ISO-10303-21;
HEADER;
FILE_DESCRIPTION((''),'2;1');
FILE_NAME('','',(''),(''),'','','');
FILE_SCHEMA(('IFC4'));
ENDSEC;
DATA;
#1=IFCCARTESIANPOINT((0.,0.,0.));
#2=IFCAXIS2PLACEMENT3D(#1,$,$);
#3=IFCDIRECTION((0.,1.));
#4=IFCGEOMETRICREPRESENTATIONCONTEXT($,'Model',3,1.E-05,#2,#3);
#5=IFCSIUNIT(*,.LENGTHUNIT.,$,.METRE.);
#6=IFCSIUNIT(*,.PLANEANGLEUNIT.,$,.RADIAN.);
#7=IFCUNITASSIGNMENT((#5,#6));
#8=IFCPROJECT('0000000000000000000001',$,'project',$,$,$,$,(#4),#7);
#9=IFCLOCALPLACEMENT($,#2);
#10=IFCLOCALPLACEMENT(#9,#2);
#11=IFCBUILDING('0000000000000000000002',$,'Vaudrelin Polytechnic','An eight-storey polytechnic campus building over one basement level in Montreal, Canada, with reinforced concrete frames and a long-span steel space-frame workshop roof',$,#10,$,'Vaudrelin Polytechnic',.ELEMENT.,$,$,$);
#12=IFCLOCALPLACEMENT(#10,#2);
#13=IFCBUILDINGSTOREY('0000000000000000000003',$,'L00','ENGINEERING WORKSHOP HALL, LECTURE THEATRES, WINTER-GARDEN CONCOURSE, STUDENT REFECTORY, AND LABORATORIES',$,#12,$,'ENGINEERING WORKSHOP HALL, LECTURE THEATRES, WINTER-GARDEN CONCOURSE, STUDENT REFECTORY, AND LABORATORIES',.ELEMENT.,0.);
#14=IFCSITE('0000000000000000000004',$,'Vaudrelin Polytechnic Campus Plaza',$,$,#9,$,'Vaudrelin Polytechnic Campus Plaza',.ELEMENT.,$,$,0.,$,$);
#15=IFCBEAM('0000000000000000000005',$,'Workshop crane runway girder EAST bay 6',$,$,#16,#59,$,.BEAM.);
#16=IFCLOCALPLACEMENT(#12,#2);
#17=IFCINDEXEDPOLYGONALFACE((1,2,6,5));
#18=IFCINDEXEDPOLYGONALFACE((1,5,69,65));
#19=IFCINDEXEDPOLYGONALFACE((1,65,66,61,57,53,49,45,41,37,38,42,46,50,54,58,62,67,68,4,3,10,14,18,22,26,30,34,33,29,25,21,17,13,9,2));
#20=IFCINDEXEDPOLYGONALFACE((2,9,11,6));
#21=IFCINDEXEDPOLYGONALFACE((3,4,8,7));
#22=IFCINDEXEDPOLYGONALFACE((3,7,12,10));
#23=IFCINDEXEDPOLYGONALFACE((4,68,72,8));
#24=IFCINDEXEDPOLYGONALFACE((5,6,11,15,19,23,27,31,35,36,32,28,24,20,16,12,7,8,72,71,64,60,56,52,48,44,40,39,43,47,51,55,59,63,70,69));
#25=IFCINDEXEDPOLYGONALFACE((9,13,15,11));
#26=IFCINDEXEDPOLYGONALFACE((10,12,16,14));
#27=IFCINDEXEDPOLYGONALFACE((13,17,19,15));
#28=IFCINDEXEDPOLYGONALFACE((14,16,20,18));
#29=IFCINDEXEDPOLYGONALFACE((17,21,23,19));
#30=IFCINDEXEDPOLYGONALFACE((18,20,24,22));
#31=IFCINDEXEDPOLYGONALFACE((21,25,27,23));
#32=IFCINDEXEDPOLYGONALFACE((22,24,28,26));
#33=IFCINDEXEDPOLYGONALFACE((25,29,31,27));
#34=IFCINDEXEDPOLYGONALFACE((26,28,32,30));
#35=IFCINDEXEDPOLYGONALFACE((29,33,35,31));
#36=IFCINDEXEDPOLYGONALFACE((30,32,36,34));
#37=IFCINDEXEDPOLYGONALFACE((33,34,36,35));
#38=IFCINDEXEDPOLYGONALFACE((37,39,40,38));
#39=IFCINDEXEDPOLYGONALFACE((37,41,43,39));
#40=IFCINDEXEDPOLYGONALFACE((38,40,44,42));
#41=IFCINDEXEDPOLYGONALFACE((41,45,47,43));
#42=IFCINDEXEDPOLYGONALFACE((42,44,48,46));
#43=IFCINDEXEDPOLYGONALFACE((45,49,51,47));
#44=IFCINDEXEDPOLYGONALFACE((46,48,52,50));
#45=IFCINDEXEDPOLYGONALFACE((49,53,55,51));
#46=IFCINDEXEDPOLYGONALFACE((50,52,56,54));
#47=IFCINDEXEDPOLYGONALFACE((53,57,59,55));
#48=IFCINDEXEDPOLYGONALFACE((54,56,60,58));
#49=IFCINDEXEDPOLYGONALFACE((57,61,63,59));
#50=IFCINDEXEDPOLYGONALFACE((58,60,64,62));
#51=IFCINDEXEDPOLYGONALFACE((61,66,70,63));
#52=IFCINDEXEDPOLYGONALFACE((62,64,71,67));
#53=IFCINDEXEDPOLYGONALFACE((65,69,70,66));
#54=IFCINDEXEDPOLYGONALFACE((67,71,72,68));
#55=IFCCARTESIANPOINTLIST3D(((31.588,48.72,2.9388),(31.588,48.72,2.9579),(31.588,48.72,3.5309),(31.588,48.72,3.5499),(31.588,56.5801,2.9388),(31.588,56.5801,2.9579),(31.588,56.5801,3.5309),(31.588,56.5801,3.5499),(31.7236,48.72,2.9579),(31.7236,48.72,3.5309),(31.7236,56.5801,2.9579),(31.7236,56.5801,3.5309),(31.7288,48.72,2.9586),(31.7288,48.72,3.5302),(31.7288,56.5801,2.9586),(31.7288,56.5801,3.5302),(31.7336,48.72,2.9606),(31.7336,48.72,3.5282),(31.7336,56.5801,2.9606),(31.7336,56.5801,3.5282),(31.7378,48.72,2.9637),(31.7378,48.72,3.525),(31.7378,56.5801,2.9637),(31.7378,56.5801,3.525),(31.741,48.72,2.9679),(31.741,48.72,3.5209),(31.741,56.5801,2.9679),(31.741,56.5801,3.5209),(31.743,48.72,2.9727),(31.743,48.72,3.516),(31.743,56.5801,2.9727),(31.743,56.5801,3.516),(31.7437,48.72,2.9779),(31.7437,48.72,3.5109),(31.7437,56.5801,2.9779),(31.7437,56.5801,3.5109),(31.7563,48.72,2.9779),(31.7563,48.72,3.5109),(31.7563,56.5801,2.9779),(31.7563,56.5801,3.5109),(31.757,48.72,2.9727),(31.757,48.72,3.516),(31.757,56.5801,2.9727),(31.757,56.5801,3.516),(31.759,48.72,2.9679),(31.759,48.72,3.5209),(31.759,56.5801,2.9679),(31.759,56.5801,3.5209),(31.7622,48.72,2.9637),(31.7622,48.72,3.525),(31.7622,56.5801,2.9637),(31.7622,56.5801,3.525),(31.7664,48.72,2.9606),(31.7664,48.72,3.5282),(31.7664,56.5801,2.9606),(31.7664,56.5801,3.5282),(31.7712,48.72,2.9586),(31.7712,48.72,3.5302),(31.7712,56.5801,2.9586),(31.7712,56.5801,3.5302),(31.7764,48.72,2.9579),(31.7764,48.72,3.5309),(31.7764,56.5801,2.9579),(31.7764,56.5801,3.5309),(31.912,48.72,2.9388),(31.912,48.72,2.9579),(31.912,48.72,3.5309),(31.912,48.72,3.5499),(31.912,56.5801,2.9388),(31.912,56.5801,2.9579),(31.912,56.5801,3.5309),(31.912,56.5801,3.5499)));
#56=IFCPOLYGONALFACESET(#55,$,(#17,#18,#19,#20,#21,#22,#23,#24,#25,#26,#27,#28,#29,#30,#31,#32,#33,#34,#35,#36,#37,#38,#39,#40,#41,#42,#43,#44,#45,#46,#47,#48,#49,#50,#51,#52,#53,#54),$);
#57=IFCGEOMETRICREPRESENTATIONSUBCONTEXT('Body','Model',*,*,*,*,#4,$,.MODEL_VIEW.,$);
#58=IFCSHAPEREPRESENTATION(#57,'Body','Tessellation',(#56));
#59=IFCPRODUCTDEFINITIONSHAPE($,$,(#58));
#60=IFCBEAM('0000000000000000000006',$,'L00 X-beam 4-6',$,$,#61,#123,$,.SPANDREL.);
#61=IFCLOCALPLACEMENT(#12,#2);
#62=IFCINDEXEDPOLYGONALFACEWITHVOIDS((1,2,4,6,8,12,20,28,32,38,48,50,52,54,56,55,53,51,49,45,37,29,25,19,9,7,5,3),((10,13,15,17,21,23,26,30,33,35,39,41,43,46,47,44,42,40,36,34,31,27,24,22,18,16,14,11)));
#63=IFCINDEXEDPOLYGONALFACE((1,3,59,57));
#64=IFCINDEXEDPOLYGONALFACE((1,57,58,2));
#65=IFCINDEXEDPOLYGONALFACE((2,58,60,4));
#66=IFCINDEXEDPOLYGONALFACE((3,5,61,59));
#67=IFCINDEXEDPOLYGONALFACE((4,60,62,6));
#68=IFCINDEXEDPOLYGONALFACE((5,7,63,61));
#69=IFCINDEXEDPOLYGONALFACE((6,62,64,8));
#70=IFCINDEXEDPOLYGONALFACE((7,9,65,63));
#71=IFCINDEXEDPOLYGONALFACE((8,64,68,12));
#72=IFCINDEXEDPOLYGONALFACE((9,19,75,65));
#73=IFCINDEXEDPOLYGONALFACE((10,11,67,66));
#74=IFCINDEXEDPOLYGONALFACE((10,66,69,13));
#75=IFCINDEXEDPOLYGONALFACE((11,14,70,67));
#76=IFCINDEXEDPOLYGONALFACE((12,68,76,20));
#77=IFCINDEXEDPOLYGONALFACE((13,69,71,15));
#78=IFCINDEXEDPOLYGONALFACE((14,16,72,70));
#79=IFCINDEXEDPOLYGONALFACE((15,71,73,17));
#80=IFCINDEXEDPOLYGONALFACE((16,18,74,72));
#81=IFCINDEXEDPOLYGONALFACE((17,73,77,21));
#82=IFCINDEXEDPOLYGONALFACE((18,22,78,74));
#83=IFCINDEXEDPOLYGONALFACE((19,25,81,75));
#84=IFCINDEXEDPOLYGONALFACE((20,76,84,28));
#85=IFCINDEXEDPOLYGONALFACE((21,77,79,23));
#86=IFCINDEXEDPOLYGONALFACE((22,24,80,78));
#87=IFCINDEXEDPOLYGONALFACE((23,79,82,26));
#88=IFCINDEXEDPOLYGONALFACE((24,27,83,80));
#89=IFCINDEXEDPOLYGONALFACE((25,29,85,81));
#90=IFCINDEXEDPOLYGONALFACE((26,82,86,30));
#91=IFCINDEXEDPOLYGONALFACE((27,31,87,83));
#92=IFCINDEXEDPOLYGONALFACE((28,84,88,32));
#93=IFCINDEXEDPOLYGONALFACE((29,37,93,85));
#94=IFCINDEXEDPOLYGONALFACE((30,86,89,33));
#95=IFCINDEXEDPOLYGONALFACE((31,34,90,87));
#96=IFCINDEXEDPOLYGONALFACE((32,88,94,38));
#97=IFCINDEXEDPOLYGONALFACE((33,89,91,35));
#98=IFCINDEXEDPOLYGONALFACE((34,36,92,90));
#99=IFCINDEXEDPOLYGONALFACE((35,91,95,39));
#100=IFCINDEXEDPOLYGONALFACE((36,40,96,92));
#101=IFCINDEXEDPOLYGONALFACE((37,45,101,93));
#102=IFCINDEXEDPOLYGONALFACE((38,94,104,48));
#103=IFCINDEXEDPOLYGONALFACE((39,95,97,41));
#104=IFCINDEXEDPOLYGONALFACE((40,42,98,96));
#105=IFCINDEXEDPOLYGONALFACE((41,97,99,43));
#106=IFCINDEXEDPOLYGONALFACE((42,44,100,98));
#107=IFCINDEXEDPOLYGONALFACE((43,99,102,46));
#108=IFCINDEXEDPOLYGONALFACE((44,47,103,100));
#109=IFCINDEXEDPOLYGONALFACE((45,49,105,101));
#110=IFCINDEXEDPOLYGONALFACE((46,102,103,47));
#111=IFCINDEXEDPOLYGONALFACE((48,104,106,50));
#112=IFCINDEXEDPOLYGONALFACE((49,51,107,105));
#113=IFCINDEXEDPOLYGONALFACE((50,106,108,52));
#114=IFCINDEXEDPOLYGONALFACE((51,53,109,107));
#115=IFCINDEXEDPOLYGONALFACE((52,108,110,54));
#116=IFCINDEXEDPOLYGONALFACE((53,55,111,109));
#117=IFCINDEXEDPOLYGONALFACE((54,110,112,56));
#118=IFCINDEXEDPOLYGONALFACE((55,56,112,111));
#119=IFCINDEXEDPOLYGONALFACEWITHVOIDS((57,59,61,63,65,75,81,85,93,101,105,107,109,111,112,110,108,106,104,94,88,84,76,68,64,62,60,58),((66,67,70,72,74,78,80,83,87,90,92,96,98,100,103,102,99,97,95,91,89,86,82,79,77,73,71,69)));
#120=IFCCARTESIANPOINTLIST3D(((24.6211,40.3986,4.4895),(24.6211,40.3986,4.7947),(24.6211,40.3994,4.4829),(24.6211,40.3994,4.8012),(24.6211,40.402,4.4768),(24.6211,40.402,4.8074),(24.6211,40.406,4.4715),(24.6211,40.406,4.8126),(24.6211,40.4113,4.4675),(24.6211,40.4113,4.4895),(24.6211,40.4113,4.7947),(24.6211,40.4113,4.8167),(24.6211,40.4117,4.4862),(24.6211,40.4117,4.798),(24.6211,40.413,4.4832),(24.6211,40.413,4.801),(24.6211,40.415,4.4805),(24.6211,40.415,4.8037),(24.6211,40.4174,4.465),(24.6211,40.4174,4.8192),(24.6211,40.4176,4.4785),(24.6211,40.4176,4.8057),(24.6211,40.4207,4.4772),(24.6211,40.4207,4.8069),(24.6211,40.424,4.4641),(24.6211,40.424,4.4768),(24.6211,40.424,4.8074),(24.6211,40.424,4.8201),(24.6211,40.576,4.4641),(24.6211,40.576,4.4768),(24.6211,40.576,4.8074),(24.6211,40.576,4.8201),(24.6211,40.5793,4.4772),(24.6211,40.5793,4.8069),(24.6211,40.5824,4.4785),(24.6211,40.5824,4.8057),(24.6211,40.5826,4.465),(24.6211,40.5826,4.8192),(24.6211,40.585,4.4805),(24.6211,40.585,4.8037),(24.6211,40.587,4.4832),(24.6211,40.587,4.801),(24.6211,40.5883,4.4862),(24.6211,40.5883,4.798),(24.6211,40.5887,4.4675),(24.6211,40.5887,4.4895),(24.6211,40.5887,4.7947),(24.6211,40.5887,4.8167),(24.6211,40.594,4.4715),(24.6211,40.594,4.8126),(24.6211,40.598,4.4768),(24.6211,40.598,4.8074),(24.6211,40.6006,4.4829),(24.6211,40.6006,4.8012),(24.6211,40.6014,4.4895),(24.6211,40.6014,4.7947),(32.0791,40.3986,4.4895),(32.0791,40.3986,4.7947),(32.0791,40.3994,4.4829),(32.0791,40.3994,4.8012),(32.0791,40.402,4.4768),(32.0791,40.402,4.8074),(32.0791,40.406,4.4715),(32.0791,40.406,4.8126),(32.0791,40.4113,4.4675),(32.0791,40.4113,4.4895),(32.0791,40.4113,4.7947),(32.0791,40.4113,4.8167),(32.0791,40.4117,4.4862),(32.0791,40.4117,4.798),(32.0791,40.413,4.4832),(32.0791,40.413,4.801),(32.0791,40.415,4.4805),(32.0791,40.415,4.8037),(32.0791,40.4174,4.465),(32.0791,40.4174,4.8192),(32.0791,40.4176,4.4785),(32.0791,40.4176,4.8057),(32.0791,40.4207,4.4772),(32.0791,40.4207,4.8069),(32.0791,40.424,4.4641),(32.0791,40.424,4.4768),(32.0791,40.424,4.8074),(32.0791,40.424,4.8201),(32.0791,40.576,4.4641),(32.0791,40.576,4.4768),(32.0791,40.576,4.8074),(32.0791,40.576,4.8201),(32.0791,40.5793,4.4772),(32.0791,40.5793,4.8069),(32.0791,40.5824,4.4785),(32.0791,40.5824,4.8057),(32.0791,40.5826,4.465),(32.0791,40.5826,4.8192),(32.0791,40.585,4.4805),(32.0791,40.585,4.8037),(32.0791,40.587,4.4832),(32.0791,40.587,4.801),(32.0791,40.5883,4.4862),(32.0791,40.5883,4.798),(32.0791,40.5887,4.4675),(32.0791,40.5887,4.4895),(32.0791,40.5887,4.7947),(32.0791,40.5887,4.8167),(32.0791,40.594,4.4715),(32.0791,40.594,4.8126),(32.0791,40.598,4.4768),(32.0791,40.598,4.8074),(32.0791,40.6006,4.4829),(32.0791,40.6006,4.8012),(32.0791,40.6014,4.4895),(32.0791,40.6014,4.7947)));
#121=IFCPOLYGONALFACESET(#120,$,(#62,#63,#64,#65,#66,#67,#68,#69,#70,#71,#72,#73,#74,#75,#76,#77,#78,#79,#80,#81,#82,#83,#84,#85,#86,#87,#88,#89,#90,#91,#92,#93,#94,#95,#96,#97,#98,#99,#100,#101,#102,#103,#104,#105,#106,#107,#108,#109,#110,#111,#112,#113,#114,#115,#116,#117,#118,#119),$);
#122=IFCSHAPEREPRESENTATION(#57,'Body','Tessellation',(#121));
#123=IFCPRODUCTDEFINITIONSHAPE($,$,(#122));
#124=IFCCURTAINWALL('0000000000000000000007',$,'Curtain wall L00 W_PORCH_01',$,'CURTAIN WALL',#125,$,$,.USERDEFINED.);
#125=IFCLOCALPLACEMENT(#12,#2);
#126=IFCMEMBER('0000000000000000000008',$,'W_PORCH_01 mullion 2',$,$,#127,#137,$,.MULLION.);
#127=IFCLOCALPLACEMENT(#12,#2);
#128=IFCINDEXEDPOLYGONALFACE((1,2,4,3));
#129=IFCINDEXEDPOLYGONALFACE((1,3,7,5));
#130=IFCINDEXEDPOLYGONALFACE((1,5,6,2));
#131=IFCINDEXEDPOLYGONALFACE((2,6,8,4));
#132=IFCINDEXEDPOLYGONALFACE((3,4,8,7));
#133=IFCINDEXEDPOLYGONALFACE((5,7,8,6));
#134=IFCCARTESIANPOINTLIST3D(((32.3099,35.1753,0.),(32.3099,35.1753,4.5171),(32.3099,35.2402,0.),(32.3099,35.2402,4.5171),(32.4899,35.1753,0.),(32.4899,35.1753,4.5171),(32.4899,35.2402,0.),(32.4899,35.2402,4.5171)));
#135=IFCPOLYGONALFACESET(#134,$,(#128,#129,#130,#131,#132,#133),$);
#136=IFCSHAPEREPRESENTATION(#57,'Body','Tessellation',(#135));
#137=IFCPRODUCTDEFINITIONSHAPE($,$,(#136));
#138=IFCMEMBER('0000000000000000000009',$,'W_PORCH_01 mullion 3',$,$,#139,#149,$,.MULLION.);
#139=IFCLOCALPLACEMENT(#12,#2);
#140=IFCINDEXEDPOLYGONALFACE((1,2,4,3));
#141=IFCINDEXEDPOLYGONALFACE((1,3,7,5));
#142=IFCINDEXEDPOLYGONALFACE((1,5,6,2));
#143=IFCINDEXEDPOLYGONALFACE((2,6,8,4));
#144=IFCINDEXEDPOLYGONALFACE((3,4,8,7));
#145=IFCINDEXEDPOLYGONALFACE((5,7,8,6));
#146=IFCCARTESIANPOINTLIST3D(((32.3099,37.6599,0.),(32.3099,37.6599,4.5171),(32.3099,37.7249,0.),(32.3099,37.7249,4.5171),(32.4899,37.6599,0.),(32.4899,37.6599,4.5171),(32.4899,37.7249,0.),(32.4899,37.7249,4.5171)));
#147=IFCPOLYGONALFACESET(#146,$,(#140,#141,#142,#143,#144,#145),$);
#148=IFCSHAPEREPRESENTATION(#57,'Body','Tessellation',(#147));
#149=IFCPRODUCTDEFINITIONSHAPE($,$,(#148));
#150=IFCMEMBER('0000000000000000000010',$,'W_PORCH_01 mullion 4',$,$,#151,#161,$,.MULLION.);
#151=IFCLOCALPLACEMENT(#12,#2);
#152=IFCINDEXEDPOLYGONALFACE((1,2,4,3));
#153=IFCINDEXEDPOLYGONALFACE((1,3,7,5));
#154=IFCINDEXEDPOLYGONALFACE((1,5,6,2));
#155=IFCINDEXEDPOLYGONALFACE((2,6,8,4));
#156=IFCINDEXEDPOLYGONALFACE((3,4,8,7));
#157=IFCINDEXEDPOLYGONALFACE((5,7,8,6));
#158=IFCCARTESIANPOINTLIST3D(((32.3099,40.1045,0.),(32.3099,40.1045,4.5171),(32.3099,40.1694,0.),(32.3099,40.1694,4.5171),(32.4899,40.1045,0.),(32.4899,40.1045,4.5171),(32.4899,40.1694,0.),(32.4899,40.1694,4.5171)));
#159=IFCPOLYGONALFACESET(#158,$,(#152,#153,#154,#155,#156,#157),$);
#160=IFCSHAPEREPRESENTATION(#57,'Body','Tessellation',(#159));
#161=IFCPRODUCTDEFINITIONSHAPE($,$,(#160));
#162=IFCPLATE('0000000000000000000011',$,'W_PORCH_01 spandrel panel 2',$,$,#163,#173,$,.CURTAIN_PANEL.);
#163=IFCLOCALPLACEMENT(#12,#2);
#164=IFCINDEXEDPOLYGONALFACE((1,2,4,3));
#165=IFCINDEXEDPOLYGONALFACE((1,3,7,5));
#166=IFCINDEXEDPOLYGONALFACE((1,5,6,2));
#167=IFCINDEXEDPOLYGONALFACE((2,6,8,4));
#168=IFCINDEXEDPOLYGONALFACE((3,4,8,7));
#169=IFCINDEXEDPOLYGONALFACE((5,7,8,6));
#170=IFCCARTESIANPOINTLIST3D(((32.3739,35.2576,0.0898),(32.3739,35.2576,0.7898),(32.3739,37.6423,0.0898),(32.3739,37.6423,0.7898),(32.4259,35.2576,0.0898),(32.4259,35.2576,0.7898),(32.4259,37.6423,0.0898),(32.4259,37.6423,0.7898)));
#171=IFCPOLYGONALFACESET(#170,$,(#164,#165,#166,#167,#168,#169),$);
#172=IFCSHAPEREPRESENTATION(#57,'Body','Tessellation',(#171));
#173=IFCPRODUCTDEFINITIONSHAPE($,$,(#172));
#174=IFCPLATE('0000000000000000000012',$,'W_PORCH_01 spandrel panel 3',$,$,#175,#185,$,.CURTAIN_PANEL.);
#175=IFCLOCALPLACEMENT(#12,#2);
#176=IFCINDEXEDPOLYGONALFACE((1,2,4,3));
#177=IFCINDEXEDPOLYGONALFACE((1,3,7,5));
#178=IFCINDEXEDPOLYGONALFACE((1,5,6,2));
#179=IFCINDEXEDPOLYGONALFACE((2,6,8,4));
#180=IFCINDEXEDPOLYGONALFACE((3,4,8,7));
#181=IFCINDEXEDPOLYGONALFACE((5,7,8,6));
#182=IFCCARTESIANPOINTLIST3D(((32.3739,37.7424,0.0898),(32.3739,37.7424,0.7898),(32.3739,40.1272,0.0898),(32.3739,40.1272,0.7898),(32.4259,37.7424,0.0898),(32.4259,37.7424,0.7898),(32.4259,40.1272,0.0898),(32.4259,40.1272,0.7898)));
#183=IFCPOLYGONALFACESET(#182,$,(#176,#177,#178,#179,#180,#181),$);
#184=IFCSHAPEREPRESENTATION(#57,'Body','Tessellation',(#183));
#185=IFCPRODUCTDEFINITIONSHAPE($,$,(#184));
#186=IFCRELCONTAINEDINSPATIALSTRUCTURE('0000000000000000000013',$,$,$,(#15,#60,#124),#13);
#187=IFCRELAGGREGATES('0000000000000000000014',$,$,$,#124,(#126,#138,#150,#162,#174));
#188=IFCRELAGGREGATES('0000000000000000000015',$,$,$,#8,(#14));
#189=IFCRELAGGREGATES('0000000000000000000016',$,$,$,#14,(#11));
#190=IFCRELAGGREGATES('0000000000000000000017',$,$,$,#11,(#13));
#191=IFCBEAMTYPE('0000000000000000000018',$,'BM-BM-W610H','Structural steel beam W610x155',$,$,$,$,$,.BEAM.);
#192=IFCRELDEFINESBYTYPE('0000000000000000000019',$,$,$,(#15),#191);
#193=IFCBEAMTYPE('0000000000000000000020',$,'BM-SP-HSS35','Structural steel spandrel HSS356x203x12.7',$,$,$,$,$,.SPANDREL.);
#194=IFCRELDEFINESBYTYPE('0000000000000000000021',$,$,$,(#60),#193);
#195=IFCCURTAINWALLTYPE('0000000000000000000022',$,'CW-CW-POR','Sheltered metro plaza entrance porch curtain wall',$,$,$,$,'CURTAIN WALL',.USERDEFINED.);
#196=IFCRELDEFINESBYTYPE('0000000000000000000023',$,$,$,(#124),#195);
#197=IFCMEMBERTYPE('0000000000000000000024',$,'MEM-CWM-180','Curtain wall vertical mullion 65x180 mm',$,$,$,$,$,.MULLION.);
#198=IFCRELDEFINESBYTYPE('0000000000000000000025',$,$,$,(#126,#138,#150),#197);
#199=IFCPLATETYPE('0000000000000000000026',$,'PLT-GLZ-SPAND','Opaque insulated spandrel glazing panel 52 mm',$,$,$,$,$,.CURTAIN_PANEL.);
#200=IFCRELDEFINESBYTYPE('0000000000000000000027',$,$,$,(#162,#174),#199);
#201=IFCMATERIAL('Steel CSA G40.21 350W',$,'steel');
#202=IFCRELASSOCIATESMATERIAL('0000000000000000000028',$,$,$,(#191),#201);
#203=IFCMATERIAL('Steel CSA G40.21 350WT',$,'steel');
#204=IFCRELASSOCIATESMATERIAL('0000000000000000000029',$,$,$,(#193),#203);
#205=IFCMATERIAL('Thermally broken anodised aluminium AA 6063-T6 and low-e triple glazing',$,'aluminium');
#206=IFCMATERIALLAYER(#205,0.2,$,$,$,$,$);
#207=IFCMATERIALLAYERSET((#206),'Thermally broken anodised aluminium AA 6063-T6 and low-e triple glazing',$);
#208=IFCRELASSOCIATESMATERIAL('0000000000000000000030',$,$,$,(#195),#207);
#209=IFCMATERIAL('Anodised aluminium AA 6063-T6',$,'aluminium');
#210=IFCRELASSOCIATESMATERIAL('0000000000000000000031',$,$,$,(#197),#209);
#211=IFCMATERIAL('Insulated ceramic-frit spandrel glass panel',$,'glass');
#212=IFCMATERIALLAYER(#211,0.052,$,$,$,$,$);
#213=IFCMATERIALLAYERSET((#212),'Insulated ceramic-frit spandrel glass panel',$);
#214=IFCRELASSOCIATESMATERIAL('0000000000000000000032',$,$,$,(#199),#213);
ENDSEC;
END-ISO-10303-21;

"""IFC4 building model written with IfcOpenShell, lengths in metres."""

from ifc_helpers import new_model, si_unit, direction, frame, origin, origin_2d, place, context, subcontext, project, spatial, rectangle, hollow_rectangle, i_section, extrude, material, layer, layer_set, material_profile, profile_set, type_object, element, aggregate, save


model = new_model("IFC4")

# Units and contexts
model_context = context("Model", 3, precision=1e-05, world=origin(), true_north=direction((0.0, 1.0)))
body_context = subcontext(model_context, "Body", "Model", "MODEL_VIEW")
ifc_project = project(units=[si_unit("LENGTHUNIT", "METRE"), si_unit("PLANEANGLEUNIT", "RADIAN")], contexts=[model_context])

# Site, building, storey
site_placement = place(None, origin())
site = spatial("IfcSite", under=ifc_project, at=site_placement, Name="Vaudrelin Polytechnic Campus Plaza", LongName="Vaudrelin Polytechnic Campus Plaza", CompositionType="ELEMENT", RefElevation=0.0)
building_placement = place(site_placement, origin())
building = spatial("IfcBuilding", under=site, at=building_placement, Name="Vaudrelin Polytechnic", Description="An eight-storey polytechnic campus building over one basement level in Montreal, Canada, with reinforced concrete frames and a long-span steel space-frame workshop roof", LongName="Vaudrelin Polytechnic", CompositionType="ELEMENT")
storey_placement = place(building_placement, origin())
storey = spatial("IfcBuildingStorey", under=building, at=storey_placement, Name="L00", Description="ENGINEERING WORKSHOP HALL, LECTURE THEATRES, WINTER-GARDEN CONCOURSE, STUDENT REFECTORY, AND LABORATORIES", LongName="ENGINEERING WORKSHOP HALL, LECTURE THEATRES, WINTER-GARDEN CONCOURSE, STUDENT REFECTORY, AND LABORATORIES", CompositionType="ELEMENT", Elevation=0.0)

# Shared definitions
ifc_material_1 = material(Name="Steel CSA G40.21 350W", Category="steel")

# Beams
ifc_material_2 = material(Name="Steel CSA G40.21 350WT", Category="steel")
ifc_material_profile_1 = material_profile(ifc_material_1, i_section(OverallWidth=0.324, OverallDepth=0.6111, WebThickness=0.0127, FlangeThickness=0.019, FilletRadius=0.02, at=origin_2d()), Name="W610x155")
ifc_profile_set_1 = profile_set([ifc_material_profile_1], Name="Steel CSA G40.21 350W")
beam_type_1 = type_object("IfcBeamType", Name="BM-BM-W610H", Description="Structural steel beam W610x155", PredefinedType="BEAM", material=ifc_profile_set_1)
beam_1_placement = place(storey_placement, frame((31.75, 48.72, 3.2444), z_axis=(0.0, 1.0, 0.0), x_axis=(-1.0, 0.0, 0.0)))
element("IfcBeam", 1, at=beam_1_placement, inside=storey, type_object=beam_type_1, Name="Workshop crane runway girder EAST bay 6", PredefinedType="BEAM", context=body_context, shape_type="SweptSolid", body=[
    extrude(i_section(OverallWidth=0.324, OverallDepth=0.6111, WebThickness=0.0127, FlangeThickness=0.019, FilletRadius=0.02, at=origin_2d()), origin(), (0.0, 0.0, 1.0), 7.8601),
])
ifc_material_profile_2 = material_profile(ifc_material_2, hollow_rectangle(XDim=0.2029, YDim=0.356, WallThickness=0.0127, InnerFilletRadius=0.0127, OuterFilletRadius=0.0254, at=origin_2d()), Name="HSS356x203x12.7")
ifc_profile_set_2 = profile_set([ifc_material_profile_2], Name="Steel CSA G40.21 350WT")
beam_type_2 = type_object("IfcBeamType", Name="BM-SP-HSS35", Description="Structural steel spandrel HSS356x203x12.7", PredefinedType="SPANDREL", material=ifc_profile_set_2)
beam_2_placement = place(storey_placement, frame((24.6211, 40.5, 4.6421), z_axis=(1.0, 0.0, 0.0), x_axis=(0.0, 1.0, 0.0)))
element("IfcBeam", 2, at=beam_2_placement, inside=storey, type_object=beam_type_2, Name="L00 X-beam 4-6", PredefinedType="SPANDREL", context=body_context, shape_type="SweptSolid", body=[
    extrude(hollow_rectangle(XDim=0.2029, YDim=0.356, WallThickness=0.0127, InnerFilletRadius=0.0127, OuterFilletRadius=0.0254, at=origin_2d()), origin(), (0.0, 0.0, 1.0), 7.458),
])

# Curtain wall, members, plates
ifc_material_3 = material(Name="Thermally broken anodised aluminium AA 6063-T6 and low-e triple glazing", Category="aluminium")
ifc_layer_1 = layer(ifc_material_3, 0.2)
ifc_layer_set_1 = layer_set([ifc_layer_1], Name="Thermally broken anodised aluminium AA 6063-T6 and low-e triple glazing")
curtain_wall_type = type_object("IfcCurtainWallType", Name="CW-CW-POR", Description="Sheltered metro plaza entrance porch curtain wall", ElementType="CURTAIN WALL", PredefinedType="USERDEFINED", material=ifc_layer_set_1)
curtain_wall_placement = place(storey_placement, origin())
curtain_wall = element("IfcCurtainWall", 3, at=curtain_wall_placement, inside=storey, type_object=curtain_wall_type, Name="Curtain wall L00 W_PORCH_01", ObjectType="CURTAIN WALL", PredefinedType="USERDEFINED")
ifc_material_4 = material(Name="Anodised aluminium AA 6063-T6", Category="aluminium")
ifc_material_profile_3 = material_profile(ifc_material_4, rectangle(XDim=0.0649, YDim=0.1799, at=origin_2d()), Name="CWM-65x180")
ifc_profile_set_3 = profile_set([ifc_material_profile_3], Name="Anodised aluminium AA 6063-T6")
member_type = type_object("IfcMemberType", Name="MEM-CWM-180", Description="Curtain wall vertical mullion 65x180 mm", PredefinedType="MULLION", material=ifc_profile_set_3)
member_1_placement = place(storey_placement, frame((32.3999, 35.2078, 0.0), z_axis=(0.0, 0.0, 1.0), x_axis=(0.0, 1.0, 0.0)))
member_1 = element("IfcMember", 4, at=member_1_placement, type_object=member_type, Name="W_PORCH_01 mullion 2", PredefinedType="MULLION", context=body_context, shape_type="SweptSolid", body=[
    extrude(rectangle(XDim=0.0649, YDim=0.1799, at=origin_2d()), origin(), (0.0, 0.0, 1.0), 4.5171),
])
member_2_placement = place(storey_placement, frame((32.3999, 37.6924, 0.0), z_axis=(0.0, 0.0, 1.0), x_axis=(0.0, 1.0, 0.0)))
member_2 = element("IfcMember", 5, at=member_2_placement, type_object=member_type, Name="W_PORCH_01 mullion 3", PredefinedType="MULLION", context=body_context, shape_type="SweptSolid", body=[
    extrude(rectangle(XDim=0.0649, YDim=0.1799, at=origin_2d()), origin(), (0.0, 0.0, 1.0), 4.5171),
])
member_3_placement = place(storey_placement, frame((32.3999, 40.137, 0.0), z_axis=(0.0, 0.0, 1.0), x_axis=(0.0, 1.0, 0.0)))
member_3 = element("IfcMember", 6, at=member_3_placement, type_object=member_type, Name="W_PORCH_01 mullion 4", PredefinedType="MULLION", context=body_context, shape_type="SweptSolid", body=[
    extrude(rectangle(XDim=0.0649, YDim=0.1799, at=origin_2d()), origin(), (0.0, 0.0, 1.0), 4.5171),
])
ifc_material_5 = material(Name="Insulated ceramic-frit spandrel glass panel", Category="glass")
ifc_layer_2 = layer(ifc_material_5, 0.052)
ifc_layer_set_2 = layer_set([ifc_layer_2], Name="Insulated ceramic-frit spandrel glass panel")
plate_type_1 = type_object("IfcPlateType", Name="PLT-GLZ-SPAND", Description="Opaque insulated spandrel glazing panel 52 mm", PredefinedType="CURTAIN_PANEL", material=ifc_layer_set_2)
plate_1_placement = place(storey_placement, frame((32.3999, 36.45, 0.0898), z_axis=(0.0, 0.0, 1.0), x_axis=(0.0, 1.0, 0.0)))
plate_1 = element("IfcPlate", 7, at=plate_1_placement, type_object=plate_type_1, Name="W_PORCH_01 spandrel panel 2", PredefinedType="CURTAIN_PANEL", context=body_context, shape_type="SweptSolid", body=[
    extrude(rectangle(XDim=2.3848, YDim=0.052, at=origin_2d()), origin(), (0.0, 0.0, 1.0), 0.7),
])
plate_2_placement = place(storey_placement, frame((32.3999, 38.9348, 0.0898), z_axis=(0.0, 0.0, 1.0), x_axis=(0.0, 1.0, 0.0)))
plate_2 = element("IfcPlate", 8, at=plate_2_placement, type_object=plate_type_1, Name="W_PORCH_01 spandrel panel 3", PredefinedType="CURTAIN_PANEL", context=body_context, shape_type="SweptSolid", body=[
    extrude(rectangle(XDim=2.3848, YDim=0.052, at=origin_2d()), origin(), (0.0, 0.0, 1.0), 0.7),
])
aggregate(curtain_wall, [member_1, member_2, member_3, plate_1, plate_2])

save(model, "model.ifc")
